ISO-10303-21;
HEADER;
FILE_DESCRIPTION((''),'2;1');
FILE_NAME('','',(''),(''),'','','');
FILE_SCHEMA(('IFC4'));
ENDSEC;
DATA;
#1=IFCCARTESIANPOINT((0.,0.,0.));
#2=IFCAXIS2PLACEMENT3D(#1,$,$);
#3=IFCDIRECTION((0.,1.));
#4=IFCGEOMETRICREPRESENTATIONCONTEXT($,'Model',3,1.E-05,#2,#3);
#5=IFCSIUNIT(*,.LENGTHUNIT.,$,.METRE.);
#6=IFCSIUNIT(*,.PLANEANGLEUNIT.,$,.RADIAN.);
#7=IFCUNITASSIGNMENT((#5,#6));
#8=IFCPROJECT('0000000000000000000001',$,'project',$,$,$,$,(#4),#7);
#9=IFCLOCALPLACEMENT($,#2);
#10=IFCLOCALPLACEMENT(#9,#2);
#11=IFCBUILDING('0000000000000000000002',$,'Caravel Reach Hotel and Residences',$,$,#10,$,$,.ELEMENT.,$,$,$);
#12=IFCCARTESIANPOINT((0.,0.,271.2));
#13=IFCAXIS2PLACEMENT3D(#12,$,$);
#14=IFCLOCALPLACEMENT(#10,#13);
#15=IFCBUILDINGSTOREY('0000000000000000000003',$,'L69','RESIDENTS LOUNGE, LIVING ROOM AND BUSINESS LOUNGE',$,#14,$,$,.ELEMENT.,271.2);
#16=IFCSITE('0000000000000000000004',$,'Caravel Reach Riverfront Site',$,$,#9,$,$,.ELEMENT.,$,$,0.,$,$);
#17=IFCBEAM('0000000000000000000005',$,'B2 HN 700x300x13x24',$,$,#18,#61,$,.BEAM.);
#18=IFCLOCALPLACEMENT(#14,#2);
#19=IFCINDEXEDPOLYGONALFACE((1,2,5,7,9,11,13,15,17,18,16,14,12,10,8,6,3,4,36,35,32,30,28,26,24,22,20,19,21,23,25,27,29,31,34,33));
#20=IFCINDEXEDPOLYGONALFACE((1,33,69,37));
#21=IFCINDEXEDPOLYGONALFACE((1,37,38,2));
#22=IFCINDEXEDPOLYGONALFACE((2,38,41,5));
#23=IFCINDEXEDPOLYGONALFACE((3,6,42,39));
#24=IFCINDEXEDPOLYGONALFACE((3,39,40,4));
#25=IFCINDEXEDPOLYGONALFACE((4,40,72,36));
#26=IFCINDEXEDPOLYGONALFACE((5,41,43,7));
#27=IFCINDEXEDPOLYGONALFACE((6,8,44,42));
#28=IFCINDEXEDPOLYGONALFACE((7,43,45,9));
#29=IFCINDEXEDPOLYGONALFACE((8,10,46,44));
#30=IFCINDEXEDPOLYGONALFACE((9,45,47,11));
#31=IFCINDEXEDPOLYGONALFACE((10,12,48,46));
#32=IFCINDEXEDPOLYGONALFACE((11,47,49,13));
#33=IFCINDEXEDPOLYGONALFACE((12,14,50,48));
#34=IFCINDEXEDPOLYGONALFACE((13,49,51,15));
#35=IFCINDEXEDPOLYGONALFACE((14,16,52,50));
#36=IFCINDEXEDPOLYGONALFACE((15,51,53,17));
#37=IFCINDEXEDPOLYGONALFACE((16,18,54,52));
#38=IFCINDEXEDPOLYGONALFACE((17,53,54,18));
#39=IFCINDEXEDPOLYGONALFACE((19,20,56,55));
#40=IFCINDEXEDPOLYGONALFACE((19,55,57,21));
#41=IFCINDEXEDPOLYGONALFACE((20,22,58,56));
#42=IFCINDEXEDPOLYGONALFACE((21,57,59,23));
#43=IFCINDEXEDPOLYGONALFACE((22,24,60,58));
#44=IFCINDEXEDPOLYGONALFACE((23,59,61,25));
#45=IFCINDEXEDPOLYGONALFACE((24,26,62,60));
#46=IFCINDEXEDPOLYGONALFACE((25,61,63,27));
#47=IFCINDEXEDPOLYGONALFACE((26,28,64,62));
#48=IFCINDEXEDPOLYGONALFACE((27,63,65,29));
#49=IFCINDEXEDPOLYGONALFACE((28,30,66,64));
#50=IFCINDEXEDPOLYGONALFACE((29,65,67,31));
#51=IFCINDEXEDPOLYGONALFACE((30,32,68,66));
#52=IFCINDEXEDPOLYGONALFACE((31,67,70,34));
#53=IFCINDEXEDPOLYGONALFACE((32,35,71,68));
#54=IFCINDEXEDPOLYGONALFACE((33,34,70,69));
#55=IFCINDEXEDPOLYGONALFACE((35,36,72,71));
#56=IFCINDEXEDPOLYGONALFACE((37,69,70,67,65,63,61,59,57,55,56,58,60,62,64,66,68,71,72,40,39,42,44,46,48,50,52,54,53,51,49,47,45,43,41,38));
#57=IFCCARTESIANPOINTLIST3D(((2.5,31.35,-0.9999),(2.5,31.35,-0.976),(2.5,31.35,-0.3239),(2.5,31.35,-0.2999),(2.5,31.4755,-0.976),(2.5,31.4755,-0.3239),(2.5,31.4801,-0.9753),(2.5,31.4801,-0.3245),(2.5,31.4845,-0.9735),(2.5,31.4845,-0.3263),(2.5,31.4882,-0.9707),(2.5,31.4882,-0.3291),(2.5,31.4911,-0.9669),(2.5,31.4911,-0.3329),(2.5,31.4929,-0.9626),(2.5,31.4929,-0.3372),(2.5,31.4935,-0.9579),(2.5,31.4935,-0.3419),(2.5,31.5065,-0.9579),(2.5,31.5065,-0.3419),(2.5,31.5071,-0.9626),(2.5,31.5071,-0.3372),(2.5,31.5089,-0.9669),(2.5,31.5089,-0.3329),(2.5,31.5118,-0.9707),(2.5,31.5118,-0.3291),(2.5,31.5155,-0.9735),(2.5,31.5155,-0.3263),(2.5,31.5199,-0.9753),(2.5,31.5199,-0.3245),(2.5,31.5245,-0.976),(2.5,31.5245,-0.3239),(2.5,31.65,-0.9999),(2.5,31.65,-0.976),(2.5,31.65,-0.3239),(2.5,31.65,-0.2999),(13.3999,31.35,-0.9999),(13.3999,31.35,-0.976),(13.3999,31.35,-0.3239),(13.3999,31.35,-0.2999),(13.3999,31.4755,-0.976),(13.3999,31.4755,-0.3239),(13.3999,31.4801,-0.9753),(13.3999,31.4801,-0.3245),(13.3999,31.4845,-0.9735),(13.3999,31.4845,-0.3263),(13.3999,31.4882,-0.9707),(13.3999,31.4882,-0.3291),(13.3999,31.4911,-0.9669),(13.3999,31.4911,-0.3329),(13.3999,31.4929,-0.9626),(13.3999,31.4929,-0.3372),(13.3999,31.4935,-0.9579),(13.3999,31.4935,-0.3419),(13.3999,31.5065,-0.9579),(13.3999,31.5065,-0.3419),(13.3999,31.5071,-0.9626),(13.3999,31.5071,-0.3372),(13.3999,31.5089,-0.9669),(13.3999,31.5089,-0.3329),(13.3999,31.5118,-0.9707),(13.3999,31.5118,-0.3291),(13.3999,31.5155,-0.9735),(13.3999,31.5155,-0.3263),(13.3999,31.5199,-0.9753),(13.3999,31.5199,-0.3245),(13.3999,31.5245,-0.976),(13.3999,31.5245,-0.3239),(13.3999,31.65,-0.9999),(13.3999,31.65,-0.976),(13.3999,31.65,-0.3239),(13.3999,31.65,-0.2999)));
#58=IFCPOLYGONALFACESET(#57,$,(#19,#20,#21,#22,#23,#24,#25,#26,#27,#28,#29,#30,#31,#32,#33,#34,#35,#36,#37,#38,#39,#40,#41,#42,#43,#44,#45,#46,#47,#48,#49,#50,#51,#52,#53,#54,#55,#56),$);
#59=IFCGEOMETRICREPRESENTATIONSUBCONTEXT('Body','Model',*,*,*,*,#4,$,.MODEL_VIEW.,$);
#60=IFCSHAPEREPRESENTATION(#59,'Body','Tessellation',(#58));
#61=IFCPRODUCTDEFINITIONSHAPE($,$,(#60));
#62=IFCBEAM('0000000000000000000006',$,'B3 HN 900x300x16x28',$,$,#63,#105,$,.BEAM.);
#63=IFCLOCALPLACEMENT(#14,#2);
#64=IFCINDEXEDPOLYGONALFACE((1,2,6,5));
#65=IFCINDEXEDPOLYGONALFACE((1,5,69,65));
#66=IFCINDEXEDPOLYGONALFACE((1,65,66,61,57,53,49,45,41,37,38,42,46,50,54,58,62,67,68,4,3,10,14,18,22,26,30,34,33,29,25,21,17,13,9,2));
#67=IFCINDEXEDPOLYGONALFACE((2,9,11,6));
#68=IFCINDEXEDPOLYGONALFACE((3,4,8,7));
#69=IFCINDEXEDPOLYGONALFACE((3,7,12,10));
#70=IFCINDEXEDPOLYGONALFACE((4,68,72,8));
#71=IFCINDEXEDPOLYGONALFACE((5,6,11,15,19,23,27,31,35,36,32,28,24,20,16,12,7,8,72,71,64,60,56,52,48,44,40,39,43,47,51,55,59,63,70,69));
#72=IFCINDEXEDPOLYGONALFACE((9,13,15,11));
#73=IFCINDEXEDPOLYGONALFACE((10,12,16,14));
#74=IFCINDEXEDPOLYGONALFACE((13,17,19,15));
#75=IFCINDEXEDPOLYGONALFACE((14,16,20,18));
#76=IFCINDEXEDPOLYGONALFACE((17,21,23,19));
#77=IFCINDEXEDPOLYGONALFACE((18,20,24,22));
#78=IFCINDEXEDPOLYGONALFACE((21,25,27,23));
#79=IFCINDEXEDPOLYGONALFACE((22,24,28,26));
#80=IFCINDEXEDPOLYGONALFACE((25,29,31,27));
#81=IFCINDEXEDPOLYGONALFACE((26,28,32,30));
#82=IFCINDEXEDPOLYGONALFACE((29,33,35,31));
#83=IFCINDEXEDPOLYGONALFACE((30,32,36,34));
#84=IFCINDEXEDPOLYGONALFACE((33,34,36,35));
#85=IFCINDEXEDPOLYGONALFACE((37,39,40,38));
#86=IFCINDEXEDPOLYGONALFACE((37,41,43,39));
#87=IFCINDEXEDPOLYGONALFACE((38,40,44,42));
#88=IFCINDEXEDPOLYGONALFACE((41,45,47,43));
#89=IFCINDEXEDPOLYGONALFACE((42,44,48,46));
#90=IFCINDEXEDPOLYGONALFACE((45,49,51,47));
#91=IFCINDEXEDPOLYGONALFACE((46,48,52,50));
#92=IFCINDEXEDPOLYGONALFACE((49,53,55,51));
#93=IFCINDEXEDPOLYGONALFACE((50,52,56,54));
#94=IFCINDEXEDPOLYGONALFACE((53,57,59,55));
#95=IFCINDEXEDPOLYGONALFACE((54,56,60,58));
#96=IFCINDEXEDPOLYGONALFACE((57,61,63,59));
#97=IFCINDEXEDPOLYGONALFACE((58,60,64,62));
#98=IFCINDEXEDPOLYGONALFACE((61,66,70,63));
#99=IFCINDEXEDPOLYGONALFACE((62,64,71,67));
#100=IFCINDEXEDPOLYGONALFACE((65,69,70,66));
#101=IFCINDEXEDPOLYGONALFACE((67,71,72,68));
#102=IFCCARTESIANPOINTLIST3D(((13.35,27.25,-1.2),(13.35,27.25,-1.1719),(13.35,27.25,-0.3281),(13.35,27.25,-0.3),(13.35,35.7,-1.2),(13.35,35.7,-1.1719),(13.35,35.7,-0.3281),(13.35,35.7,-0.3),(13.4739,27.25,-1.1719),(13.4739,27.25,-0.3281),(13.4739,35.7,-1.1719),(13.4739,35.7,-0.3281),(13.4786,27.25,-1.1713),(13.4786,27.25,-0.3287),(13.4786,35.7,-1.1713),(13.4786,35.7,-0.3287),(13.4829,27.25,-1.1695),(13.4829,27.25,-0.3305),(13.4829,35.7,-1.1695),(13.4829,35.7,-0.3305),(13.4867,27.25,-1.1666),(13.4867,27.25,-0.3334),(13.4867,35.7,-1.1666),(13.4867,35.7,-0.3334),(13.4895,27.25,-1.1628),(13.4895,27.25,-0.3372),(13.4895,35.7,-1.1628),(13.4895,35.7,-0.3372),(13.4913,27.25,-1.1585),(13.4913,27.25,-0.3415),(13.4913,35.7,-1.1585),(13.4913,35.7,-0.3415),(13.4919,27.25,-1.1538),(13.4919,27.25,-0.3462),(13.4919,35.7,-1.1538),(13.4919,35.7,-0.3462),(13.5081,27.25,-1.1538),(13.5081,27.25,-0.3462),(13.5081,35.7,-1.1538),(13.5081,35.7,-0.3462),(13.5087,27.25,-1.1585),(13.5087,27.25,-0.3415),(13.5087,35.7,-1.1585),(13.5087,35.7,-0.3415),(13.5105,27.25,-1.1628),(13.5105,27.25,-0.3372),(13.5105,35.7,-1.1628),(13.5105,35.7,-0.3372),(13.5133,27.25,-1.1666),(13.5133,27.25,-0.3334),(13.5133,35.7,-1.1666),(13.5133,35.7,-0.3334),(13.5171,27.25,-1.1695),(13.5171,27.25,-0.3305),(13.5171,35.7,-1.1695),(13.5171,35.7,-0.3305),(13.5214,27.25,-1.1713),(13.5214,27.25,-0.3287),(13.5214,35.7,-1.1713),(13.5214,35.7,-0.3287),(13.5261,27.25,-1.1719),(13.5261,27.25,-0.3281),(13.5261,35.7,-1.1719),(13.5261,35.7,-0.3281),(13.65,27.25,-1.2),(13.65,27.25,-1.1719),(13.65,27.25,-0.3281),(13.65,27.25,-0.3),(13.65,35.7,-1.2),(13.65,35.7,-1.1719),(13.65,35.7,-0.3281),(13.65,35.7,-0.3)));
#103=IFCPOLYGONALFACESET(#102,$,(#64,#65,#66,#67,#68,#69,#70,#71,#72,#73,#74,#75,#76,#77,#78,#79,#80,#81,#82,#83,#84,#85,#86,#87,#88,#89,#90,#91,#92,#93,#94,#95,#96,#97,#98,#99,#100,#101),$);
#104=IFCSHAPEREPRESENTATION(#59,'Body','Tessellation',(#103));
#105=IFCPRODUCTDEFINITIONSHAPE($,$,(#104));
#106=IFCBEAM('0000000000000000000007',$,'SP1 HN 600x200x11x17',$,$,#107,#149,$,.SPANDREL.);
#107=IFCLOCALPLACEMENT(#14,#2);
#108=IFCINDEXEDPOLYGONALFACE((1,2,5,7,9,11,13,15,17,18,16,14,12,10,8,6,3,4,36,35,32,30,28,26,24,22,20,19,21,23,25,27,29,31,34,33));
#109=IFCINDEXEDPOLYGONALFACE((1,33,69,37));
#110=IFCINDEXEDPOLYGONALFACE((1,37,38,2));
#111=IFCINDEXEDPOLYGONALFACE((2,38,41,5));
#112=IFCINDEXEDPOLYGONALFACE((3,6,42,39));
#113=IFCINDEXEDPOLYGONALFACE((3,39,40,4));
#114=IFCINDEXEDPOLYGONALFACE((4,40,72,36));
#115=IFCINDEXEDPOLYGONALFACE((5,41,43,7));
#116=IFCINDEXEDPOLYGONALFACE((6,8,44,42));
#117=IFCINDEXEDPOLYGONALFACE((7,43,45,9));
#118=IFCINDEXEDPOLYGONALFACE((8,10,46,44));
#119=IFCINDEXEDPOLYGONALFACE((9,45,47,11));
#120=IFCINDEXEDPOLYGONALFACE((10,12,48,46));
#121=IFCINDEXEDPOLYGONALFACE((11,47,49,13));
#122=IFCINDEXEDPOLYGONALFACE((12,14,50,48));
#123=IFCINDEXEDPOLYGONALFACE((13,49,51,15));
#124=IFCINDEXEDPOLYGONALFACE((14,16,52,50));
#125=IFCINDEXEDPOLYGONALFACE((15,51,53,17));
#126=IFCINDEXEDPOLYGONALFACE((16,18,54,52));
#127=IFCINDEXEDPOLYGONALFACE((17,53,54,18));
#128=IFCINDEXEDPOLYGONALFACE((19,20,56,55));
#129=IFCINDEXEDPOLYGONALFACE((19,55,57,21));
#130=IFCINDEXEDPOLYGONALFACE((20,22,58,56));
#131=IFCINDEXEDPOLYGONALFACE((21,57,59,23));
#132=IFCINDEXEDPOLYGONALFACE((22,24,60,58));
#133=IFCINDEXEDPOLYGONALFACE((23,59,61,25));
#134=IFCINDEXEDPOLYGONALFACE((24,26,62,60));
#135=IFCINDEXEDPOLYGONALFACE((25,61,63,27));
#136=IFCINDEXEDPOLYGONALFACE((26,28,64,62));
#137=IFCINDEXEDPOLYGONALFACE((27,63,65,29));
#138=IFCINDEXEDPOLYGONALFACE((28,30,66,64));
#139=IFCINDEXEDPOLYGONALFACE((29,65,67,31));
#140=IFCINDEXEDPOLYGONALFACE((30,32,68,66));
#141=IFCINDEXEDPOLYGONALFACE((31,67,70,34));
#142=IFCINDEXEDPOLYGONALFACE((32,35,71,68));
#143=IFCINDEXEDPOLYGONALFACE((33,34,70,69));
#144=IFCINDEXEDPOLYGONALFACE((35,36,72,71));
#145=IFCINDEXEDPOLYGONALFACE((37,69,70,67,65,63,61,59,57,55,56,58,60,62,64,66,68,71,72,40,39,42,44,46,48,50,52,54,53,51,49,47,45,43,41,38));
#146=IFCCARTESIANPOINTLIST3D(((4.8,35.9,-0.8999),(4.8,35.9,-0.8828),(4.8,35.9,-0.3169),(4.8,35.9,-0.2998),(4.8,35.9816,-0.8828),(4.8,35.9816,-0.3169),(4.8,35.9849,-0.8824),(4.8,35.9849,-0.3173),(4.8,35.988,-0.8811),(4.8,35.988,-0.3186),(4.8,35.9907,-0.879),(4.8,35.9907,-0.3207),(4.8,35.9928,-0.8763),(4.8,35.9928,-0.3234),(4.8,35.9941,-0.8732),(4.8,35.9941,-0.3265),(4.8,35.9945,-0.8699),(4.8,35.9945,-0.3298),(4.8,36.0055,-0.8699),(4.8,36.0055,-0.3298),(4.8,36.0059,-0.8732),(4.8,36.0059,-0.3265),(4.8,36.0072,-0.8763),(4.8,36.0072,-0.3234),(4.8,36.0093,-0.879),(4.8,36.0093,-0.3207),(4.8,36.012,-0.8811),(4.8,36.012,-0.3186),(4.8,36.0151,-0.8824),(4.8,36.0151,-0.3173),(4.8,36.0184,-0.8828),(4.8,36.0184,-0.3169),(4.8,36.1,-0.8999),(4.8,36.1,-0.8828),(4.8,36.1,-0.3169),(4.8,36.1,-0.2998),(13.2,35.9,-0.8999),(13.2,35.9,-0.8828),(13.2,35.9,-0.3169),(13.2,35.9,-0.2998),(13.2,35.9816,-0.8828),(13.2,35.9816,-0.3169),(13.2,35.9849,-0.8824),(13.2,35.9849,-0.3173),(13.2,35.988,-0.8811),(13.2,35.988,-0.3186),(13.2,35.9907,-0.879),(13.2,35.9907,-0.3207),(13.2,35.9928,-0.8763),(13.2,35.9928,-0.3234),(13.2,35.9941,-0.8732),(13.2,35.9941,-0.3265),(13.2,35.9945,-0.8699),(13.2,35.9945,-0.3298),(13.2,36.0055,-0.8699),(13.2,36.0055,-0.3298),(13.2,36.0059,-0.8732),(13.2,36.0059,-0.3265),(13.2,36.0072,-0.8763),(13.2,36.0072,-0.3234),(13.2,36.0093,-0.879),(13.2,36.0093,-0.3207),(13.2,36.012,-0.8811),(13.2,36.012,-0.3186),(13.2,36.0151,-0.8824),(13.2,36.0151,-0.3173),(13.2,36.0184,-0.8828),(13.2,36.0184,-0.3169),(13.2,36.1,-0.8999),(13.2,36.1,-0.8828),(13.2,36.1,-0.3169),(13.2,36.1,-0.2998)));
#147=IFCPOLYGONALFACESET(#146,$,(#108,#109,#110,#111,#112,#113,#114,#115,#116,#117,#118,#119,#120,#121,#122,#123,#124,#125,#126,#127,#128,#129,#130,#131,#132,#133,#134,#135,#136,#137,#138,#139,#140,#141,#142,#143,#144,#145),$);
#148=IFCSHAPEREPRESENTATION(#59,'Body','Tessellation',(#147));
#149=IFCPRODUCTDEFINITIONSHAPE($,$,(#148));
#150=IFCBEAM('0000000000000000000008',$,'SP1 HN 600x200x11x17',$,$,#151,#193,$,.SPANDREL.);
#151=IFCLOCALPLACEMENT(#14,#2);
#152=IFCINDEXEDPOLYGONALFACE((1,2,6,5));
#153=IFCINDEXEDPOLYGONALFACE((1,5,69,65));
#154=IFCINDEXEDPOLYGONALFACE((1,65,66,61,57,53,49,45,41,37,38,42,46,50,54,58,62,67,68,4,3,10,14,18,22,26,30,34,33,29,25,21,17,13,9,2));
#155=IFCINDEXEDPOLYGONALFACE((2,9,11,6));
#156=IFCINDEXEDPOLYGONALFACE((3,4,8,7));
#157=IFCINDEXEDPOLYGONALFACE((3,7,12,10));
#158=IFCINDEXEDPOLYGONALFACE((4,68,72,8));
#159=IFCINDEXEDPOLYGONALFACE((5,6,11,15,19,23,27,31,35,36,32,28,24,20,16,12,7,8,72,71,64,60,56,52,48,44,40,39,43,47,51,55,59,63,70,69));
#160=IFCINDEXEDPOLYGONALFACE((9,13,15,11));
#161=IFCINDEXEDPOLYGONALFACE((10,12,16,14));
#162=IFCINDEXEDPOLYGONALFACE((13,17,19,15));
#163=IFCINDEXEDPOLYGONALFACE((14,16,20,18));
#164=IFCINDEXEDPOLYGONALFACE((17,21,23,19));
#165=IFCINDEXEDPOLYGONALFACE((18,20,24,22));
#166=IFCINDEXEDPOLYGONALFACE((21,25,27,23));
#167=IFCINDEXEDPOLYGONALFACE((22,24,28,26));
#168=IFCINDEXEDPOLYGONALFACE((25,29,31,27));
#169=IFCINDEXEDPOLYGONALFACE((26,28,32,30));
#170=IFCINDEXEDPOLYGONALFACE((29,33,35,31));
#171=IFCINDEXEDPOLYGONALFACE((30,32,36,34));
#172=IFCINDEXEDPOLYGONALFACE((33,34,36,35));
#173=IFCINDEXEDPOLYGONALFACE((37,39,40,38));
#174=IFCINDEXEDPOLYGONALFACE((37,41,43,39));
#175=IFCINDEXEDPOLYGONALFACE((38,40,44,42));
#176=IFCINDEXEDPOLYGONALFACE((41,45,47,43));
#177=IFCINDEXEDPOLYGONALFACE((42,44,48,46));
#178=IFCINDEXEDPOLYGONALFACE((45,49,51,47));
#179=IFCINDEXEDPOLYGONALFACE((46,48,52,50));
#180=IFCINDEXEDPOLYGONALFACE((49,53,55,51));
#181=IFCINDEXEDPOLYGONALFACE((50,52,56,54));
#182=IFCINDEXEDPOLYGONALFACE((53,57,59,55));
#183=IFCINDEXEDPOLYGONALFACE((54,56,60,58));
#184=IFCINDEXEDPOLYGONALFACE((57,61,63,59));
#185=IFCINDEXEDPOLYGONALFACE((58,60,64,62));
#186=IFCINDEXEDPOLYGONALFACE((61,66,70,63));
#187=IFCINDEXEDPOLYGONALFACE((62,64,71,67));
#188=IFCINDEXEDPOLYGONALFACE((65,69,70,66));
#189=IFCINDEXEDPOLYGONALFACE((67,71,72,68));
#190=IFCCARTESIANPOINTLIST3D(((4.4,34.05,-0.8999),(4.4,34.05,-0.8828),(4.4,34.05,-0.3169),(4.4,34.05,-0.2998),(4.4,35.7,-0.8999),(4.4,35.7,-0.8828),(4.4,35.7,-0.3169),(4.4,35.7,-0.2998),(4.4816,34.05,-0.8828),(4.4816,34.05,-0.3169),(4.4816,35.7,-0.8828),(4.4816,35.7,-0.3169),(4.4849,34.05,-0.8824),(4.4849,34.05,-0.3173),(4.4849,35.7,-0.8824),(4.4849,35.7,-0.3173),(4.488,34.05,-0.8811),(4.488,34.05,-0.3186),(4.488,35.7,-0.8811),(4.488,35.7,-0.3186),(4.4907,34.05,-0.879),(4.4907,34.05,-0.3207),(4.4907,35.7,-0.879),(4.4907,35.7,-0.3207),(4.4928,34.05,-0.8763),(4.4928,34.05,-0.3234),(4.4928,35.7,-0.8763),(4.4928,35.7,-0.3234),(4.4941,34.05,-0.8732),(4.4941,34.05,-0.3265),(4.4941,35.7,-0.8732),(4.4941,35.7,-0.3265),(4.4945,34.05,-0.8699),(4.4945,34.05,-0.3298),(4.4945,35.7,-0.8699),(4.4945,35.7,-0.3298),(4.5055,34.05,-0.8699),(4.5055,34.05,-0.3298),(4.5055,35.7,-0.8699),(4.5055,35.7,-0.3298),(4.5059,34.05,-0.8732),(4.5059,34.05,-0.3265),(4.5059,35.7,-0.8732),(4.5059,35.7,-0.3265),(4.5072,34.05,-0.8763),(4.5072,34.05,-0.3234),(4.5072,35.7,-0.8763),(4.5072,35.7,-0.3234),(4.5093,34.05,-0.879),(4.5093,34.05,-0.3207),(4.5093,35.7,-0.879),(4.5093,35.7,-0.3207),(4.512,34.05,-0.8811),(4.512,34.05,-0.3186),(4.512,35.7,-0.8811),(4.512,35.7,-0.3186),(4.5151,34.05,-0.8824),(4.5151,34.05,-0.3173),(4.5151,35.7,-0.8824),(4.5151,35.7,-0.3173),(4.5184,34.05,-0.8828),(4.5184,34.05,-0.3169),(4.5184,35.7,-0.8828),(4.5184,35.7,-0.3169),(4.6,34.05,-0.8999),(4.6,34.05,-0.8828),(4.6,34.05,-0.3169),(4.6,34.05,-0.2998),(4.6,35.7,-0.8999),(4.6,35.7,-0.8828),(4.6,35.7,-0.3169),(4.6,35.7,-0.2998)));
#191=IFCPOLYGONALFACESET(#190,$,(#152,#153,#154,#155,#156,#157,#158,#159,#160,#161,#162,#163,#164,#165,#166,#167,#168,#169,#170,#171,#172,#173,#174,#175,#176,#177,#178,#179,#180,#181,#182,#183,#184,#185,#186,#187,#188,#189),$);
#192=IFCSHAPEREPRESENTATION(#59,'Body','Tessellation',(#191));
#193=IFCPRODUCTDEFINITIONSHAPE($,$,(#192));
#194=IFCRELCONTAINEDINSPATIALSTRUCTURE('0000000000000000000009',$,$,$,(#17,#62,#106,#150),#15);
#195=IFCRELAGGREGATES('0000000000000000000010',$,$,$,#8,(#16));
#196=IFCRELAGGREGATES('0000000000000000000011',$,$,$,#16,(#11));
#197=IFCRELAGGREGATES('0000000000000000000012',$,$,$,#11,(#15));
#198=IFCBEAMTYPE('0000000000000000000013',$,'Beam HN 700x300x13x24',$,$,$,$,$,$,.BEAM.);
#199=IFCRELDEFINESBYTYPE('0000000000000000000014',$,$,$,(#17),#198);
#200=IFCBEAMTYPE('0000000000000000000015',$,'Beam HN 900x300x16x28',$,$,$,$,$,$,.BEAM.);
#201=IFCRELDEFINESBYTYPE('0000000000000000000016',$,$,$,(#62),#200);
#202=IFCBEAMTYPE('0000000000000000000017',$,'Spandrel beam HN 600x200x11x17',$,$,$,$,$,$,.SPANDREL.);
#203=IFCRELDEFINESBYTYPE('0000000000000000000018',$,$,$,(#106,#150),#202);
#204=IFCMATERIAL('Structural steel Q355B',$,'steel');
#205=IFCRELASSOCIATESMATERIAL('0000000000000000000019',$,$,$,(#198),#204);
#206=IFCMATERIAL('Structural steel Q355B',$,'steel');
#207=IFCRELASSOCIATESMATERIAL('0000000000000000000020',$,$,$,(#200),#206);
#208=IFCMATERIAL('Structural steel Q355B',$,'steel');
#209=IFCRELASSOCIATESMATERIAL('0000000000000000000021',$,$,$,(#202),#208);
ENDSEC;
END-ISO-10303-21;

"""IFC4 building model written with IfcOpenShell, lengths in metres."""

from ifc_helpers import new_model, si_unit, direction, frame, origin, origin_2d, place, context, subcontext, project, spatial, i_section, extrude, material, material_profile, profile_set, type_object, element, save


model = new_model("IFC4")

# Units and contexts
model_context = context("Model", 3, precision=1e-05, world=origin(), true_north=direction((0.0, 1.0)))
body_context = subcontext(model_context, "Body", "Model", "MODEL_VIEW")
ifc_project = project(units=[si_unit("LENGTHUNIT", "METRE"), si_unit("PLANEANGLEUNIT", "RADIAN")], contexts=[model_context])

# Site, building, storey
site_placement = place(None, origin())
site = spatial("IfcSite", under=ifc_project, at=site_placement, Name="Caravel Reach Riverfront Site", CompositionType="ELEMENT", RefElevation=0.0)
building_placement = place(site_placement, origin())
building = spatial("IfcBuilding", under=site, at=building_placement, Name="Caravel Reach Hotel and Residences", CompositionType="ELEMENT")
storey_placement = place(building_placement, frame((0.0, 0.0, 271.2)))
storey = spatial("IfcBuildingStorey", under=building, at=storey_placement, Name="L69", Description="RESIDENTS LOUNGE, LIVING ROOM AND BUSINESS LOUNGE", CompositionType="ELEMENT", Elevation=271.2)

# Beams
ifc_material_1 = material(Name="Structural steel Q355B", Category="steel")
ifc_material_profile_1 = material_profile(ifc_material_1, i_section(OverallWidth=0.3, OverallDepth=0.7, WebThickness=0.0129, FlangeThickness=0.0239, FilletRadius=0.0181, at=origin_2d()), Name="HN 700x300x13x24")
ifc_profile_set_1 = profile_set([ifc_material_profile_1], Name="Structural steel Q355B")
beam_type_1 = type_object("IfcBeamType", Name="Beam HN 700x300x13x24", PredefinedType="BEAM", material=ifc_profile_set_1)
beam_1_placement = place(storey_placement, frame((13.3999, 31.5, -0.6499), z_axis=(-1.0, 0.0, 0.0), x_axis=(0.0, -1.0, 0.0)))
element("IfcBeam", 1, at=beam_1_placement, inside=storey, type_object=beam_type_1, Name="B2 HN 700x300x13x24", PredefinedType="BEAM", context=body_context, shape_type="SweptSolid", body=[
    extrude(i_section(OverallWidth=0.3, OverallDepth=0.7, WebThickness=0.0129, FlangeThickness=0.0239, FilletRadius=0.0181, at=origin_2d()), origin(), (0.0, 0.0, 1.0), 10.8999),
])
ifc_material_2 = material(Name="Structural steel Q355B", Category="steel")
ifc_material_profile_2 = material_profile(ifc_material_2, i_section(OverallWidth=0.3, OverallDepth=0.8999, WebThickness=0.0161, FlangeThickness=0.0281, FilletRadius=0.0181, at=origin_2d()), Name="HN 900x300x16x28")
ifc_profile_set_2 = profile_set([ifc_material_profile_2], Name="Structural steel Q355B")
beam_type_2 = type_object("IfcBeamType", Name="Beam HN 900x300x16x28", PredefinedType="BEAM", material=ifc_profile_set_2)
beam_2_placement = place(storey_placement, frame((13.5, 27.25, -0.75), z_axis=(0.0, 1.0, 0.0), x_axis=(-1.0, 0.0, 0.0)))
element("IfcBeam", 2, at=beam_2_placement, inside=storey, type_object=beam_type_2, Name="B3 HN 900x300x16x28", PredefinedType="BEAM", context=body_context, shape_type="SweptSolid", body=[
    extrude(i_section(OverallWidth=0.3, OverallDepth=0.8999, WebThickness=0.0161, FlangeThickness=0.0281, FilletRadius=0.0181, at=origin_2d()), origin(), (0.0, 0.0, 1.0), 8.45),
])
ifc_material_3 = material(Name="Structural steel Q355B", Category="steel")
ifc_material_profile_3 = material_profile(ifc_material_3, i_section(OverallWidth=0.2, OverallDepth=0.6001, WebThickness=0.011, FlangeThickness=0.0171, FilletRadius=0.0129, at=origin_2d()), Name="HN 600x200x11x17")
ifc_profile_set_3 = profile_set([ifc_material_profile_3], Name="Structural steel Q355B")
beam_type_3 = type_object("IfcBeamType", Name="Spandrel beam HN 600x200x11x17", PredefinedType="SPANDREL", material=ifc_profile_set_3)
beam_3_placement = place(storey_placement, frame((13.2, 36.0, -0.5999), z_axis=(-1.0, 0.0, 0.0), x_axis=(0.0, -1.0, 0.0)))
element("IfcBeam", 3, at=beam_3_placement, inside=storey, type_object=beam_type_3, Name="SP1 HN 600x200x11x17", PredefinedType="SPANDREL", context=body_context, shape_type="SweptSolid", body=[
    extrude(i_section(OverallWidth=0.2, OverallDepth=0.6001, WebThickness=0.011, FlangeThickness=0.0171, FilletRadius=0.0129, at=origin_2d()), origin(), (0.0, 0.0, 1.0), 8.3999),
])
beam_4_placement = place(storey_placement, frame((4.5, 35.7, -0.5999), z_axis=(0.0, -1.0, 0.0), x_axis=(1.0, 0.0, 0.0)))
element("IfcBeam", 4, at=beam_4_placement, inside=storey, type_object=beam_type_3, Name="SP1 HN 600x200x11x17", PredefinedType="SPANDREL", context=body_context, shape_type="SweptSolid", body=[
    extrude(i_section(OverallWidth=0.2, OverallDepth=0.6001, WebThickness=0.011, FlangeThickness=0.0171, FilletRadius=0.0129, at=origin_2d()), origin(), (0.0, 0.0, 1.0), 1.6499),
])

save(model, "model.ifc")
